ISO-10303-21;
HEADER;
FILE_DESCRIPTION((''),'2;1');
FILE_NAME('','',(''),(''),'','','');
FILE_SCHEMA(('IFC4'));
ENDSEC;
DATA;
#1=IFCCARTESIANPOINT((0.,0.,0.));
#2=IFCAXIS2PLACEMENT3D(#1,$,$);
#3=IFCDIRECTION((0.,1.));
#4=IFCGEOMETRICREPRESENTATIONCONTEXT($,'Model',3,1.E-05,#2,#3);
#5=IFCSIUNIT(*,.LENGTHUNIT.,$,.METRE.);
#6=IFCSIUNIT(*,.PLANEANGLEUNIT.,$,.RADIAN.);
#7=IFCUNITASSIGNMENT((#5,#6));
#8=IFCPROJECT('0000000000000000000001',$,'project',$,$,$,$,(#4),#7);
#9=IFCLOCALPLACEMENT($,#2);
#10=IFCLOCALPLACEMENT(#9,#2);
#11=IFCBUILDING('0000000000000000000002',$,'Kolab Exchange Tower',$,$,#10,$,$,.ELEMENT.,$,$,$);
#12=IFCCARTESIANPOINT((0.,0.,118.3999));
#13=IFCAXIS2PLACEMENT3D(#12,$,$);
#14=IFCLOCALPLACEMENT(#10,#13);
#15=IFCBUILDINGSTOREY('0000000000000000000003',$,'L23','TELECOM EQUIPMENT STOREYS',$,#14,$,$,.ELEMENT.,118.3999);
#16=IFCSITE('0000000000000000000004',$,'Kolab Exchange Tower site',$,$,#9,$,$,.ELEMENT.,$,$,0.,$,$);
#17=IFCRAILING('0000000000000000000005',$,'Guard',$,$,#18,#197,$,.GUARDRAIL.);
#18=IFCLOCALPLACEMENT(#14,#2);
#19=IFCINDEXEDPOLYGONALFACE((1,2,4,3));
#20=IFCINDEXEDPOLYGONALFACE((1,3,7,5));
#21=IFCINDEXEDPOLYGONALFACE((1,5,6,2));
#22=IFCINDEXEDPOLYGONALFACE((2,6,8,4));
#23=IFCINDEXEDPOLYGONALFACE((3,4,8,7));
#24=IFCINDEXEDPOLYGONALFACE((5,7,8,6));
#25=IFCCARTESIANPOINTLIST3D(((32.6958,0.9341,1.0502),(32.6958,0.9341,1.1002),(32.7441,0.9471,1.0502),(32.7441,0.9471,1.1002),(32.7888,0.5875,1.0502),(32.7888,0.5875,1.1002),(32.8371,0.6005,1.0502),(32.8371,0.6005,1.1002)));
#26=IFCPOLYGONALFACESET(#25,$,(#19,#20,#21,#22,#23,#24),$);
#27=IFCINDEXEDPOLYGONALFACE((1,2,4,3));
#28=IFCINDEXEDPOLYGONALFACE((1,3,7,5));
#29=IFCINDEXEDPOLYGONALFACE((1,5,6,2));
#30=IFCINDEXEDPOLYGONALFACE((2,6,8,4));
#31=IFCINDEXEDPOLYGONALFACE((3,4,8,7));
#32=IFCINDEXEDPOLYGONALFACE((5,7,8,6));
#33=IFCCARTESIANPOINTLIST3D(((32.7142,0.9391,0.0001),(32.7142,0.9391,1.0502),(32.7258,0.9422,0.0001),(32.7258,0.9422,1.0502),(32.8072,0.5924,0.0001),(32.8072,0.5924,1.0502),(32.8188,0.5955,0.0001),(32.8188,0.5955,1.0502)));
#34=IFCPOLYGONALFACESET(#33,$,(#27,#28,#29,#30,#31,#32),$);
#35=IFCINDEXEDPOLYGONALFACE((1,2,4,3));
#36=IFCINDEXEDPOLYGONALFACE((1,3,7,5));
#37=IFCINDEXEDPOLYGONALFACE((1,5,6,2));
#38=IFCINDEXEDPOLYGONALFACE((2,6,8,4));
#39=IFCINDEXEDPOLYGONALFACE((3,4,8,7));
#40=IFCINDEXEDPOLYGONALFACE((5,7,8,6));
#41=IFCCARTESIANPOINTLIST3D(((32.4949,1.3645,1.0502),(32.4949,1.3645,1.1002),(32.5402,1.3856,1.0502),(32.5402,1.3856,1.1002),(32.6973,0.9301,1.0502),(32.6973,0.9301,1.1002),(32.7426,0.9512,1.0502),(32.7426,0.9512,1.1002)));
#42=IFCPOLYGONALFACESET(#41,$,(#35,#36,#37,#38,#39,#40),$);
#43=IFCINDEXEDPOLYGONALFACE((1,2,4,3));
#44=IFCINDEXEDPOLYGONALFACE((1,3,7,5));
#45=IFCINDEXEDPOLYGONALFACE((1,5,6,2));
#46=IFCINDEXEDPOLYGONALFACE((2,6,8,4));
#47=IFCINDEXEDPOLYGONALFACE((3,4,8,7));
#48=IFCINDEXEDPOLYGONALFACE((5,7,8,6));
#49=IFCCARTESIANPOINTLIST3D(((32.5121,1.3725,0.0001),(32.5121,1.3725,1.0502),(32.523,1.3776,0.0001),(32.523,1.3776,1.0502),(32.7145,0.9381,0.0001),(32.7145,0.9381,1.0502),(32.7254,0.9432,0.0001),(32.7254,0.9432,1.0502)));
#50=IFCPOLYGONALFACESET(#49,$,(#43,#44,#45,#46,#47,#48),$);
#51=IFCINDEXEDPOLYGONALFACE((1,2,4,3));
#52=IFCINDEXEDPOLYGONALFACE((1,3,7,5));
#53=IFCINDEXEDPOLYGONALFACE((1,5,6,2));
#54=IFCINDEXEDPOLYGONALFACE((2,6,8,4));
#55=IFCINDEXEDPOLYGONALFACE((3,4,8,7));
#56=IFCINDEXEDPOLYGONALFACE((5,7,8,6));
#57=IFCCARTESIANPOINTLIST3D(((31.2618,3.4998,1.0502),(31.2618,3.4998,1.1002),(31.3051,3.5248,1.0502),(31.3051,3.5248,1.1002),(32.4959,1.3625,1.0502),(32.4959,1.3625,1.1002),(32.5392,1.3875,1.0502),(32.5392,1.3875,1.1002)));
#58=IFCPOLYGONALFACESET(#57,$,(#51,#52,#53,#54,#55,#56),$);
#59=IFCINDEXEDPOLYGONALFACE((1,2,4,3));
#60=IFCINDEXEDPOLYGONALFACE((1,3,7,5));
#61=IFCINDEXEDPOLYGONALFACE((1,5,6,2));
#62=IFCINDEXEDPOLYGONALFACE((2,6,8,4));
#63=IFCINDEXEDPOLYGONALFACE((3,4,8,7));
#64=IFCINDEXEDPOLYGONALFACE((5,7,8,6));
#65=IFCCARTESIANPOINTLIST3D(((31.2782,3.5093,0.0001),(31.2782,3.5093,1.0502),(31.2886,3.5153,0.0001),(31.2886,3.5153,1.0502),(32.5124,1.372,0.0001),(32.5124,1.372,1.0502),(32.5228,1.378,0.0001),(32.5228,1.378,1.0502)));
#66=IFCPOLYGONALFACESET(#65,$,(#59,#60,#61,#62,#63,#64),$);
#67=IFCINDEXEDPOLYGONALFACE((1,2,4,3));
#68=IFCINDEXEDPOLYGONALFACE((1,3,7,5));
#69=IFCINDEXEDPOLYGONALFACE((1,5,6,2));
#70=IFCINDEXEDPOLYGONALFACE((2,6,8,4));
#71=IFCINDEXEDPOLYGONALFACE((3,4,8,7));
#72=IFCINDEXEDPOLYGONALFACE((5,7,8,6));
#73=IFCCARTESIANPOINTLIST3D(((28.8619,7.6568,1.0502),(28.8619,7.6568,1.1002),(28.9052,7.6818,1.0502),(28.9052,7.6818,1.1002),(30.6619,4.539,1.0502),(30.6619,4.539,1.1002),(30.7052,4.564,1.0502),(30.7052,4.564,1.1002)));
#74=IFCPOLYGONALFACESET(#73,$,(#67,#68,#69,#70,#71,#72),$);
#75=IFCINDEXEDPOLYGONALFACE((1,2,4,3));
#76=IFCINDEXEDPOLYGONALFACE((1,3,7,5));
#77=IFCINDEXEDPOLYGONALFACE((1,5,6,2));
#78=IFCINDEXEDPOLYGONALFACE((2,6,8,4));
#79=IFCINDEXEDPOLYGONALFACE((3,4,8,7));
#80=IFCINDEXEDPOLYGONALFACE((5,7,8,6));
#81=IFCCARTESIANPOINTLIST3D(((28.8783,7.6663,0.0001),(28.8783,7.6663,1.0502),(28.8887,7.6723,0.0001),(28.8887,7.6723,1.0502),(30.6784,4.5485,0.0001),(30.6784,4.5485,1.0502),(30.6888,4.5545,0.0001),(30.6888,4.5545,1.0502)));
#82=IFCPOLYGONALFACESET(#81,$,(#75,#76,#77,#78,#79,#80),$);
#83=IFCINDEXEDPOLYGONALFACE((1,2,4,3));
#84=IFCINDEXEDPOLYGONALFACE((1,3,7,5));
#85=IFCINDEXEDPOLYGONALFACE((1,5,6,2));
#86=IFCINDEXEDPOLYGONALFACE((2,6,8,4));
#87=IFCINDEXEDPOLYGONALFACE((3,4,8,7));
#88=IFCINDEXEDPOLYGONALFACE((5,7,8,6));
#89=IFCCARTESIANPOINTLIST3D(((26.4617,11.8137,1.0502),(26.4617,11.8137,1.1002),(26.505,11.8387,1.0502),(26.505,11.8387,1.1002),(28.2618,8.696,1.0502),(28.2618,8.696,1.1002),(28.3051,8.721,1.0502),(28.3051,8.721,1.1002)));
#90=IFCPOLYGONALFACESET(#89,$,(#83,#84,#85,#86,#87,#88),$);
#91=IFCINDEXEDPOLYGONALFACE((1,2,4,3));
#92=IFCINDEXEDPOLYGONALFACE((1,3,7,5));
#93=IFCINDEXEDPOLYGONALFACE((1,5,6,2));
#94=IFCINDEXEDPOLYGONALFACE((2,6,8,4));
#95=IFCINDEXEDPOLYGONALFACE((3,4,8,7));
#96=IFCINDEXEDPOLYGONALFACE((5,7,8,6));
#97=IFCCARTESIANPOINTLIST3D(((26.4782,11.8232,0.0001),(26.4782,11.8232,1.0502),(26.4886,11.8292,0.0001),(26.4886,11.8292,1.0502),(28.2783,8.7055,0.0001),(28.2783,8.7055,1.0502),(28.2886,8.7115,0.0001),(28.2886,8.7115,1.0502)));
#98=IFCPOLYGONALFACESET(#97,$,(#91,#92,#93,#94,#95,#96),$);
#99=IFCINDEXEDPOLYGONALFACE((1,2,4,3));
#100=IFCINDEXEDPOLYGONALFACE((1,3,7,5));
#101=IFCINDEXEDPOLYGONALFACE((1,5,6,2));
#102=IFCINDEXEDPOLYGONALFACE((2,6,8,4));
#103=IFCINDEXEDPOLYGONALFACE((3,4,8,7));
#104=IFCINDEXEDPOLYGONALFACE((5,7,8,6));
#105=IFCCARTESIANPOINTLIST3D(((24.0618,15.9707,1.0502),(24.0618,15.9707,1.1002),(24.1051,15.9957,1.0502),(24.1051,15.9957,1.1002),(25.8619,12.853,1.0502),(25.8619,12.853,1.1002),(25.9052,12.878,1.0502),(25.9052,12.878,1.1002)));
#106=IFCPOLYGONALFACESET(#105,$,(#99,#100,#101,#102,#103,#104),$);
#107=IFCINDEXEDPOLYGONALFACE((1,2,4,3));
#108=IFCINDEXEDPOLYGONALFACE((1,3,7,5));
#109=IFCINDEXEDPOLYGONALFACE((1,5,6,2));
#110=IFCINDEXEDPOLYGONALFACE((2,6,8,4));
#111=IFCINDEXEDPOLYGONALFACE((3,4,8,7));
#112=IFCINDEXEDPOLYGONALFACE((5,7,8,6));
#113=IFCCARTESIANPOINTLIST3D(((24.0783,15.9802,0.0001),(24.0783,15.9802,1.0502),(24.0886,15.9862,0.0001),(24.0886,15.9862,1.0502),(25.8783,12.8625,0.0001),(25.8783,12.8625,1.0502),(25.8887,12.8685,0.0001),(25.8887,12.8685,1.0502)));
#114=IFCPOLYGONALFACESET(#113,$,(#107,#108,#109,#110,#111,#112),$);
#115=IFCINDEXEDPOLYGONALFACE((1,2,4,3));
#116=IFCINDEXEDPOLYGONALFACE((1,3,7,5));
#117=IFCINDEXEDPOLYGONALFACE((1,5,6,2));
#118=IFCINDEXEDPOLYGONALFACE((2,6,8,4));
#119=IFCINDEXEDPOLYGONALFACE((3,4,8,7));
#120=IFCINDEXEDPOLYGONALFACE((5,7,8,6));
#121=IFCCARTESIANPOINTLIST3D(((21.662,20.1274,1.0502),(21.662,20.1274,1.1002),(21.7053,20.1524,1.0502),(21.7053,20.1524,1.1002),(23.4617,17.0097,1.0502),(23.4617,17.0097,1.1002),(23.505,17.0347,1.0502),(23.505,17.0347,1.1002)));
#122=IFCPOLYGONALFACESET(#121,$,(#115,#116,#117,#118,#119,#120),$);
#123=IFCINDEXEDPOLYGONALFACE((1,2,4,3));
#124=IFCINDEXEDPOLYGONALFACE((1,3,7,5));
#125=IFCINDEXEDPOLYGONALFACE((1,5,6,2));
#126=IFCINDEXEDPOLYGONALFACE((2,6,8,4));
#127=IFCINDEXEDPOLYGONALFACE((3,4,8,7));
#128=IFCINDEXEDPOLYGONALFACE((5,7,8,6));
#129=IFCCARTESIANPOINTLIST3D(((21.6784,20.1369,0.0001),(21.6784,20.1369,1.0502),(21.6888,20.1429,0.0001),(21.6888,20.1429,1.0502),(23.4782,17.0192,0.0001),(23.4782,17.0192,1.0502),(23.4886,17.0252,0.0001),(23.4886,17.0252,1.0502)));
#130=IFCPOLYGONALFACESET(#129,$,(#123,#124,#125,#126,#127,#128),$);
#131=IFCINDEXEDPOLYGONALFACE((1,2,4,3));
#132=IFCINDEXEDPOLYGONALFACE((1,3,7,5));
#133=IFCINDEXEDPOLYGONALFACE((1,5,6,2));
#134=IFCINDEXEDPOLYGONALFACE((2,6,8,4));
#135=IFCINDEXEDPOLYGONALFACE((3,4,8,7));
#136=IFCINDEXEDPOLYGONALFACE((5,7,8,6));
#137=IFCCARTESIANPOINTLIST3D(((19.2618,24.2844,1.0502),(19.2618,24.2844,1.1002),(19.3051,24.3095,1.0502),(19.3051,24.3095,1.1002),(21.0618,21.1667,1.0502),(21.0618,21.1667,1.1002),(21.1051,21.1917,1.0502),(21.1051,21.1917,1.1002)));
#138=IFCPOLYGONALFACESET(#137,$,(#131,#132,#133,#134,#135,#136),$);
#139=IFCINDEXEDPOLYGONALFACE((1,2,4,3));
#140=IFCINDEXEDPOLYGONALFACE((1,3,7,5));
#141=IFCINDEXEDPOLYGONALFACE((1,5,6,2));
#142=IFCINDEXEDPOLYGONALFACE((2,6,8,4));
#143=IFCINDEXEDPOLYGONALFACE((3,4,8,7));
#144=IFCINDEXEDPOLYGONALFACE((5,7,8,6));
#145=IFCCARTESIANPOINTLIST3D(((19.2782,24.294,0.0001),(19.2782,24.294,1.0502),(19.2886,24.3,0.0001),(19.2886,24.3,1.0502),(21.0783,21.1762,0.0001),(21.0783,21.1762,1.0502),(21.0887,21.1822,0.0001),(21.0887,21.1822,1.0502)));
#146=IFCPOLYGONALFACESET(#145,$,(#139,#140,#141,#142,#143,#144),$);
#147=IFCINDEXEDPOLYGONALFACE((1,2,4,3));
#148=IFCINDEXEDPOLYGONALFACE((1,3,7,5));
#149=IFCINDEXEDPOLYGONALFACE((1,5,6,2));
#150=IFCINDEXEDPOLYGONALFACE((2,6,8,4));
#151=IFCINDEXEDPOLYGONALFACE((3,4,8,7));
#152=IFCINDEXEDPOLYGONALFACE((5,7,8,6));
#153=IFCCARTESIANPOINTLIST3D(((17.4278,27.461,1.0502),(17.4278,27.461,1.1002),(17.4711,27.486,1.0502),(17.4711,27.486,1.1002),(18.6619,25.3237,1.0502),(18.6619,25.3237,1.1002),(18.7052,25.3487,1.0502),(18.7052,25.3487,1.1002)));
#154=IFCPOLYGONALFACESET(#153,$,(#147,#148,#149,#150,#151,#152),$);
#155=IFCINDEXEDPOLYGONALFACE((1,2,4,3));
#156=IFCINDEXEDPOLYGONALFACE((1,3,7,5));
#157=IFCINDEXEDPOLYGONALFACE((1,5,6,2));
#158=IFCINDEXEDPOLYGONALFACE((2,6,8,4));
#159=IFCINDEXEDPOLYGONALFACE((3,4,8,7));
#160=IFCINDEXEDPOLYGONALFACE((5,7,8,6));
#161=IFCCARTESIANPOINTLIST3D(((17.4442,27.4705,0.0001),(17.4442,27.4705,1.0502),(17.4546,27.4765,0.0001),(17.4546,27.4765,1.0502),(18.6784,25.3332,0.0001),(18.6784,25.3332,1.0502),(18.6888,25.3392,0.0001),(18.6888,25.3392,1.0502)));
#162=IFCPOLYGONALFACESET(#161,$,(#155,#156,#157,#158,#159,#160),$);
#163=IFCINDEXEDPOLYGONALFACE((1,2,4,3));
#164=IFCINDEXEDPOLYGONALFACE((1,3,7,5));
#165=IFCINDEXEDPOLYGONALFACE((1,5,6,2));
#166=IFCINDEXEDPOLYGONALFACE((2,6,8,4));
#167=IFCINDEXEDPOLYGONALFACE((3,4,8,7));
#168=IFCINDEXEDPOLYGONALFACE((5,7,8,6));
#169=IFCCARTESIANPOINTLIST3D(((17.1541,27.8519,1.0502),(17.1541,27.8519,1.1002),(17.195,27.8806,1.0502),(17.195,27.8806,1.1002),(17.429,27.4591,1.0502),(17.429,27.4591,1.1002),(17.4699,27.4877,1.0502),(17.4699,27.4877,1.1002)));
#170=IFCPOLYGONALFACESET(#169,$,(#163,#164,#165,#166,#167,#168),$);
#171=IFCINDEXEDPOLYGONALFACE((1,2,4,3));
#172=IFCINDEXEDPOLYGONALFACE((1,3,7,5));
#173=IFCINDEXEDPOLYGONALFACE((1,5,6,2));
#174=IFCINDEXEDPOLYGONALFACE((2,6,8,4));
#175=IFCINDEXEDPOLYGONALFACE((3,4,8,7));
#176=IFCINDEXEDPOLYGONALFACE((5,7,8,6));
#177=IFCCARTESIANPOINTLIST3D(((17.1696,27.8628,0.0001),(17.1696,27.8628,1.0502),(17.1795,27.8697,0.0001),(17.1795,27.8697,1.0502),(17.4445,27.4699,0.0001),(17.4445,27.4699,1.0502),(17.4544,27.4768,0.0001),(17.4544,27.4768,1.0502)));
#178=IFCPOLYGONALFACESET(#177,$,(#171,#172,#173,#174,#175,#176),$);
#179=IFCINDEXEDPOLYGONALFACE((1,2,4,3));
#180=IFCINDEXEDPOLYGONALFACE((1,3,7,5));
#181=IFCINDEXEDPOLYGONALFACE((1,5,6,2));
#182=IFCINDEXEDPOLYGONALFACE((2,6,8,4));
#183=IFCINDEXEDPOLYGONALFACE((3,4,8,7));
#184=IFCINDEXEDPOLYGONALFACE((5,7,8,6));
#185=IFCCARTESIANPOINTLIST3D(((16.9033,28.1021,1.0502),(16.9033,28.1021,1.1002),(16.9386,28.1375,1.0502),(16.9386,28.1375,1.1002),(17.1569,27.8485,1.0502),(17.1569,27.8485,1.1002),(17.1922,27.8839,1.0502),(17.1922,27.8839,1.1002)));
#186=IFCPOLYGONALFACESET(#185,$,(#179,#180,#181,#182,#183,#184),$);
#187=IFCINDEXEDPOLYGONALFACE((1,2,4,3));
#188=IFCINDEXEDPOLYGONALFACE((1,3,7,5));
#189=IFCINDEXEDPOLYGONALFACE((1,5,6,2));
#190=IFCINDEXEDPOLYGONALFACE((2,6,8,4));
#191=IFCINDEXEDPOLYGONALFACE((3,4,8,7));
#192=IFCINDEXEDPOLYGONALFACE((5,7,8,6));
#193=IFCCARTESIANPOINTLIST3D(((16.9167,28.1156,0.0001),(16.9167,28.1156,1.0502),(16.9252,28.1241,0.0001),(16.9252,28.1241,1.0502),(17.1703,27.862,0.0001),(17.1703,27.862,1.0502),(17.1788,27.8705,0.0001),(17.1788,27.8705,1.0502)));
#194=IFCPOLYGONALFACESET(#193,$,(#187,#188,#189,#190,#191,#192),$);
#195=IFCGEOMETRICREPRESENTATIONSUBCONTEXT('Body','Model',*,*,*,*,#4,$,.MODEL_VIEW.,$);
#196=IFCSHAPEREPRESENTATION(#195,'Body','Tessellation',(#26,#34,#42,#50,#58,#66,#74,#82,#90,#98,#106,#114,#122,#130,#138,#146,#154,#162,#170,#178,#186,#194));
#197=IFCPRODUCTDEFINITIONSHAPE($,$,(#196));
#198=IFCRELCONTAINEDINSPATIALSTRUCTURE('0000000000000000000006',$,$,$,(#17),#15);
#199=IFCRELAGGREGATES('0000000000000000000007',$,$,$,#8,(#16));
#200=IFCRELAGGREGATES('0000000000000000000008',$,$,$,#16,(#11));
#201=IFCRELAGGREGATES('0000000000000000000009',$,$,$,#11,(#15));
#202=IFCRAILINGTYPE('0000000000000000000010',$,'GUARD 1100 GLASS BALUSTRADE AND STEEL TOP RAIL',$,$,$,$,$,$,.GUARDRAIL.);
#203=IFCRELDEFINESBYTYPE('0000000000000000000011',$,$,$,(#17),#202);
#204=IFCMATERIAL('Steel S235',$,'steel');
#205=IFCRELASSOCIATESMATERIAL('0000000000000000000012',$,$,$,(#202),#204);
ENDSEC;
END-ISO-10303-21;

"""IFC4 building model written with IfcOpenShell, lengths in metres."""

from ifc_helpers import new_model, si_unit, direction, frame, frame_2d, origin, origin_2d, place, context, subcontext, project, spatial, rectangle, extrude, material, type_object, element, save


model = new_model("IFC4")

# Units and contexts
model_context = context("Model", 3, precision=1e-05, world=origin(), true_north=direction((0.0, 1.0)))
body_context = subcontext(model_context, "Body", "Model", "MODEL_VIEW")
ifc_project = project(units=[si_unit("LENGTHUNIT", "METRE"), si_unit("PLANEANGLEUNIT", "RADIAN")], contexts=[model_context])

# Site, building, storey
site_placement = place(None, origin())
site = spatial("IfcSite", under=ifc_project, at=site_placement, Name="Kolab Exchange Tower site", CompositionType="ELEMENT", RefElevation=0.0)
building_placement = place(site_placement, origin())
building = spatial("IfcBuilding", under=site, at=building_placement, Name="Kolab Exchange Tower", CompositionType="ELEMENT")
storey_placement = place(building_placement, frame((0.0, 0.0, 118.3999)))
storey = spatial("IfcBuildingStorey", under=building, at=storey_placement, Name="L23", Description="TELECOM EQUIPMENT STOREYS", CompositionType="ELEMENT", Elevation=118.3999)

# Railing
ifc_material_1 = material(Name="Steel S235", Category="steel")
railing_type = type_object("IfcRailingType", Name="GUARD 1100 GLASS BALUSTRADE AND STEEL TOP RAIL", PredefinedType="GUARDRAIL", material=ifc_material_1)
railing_placement = place(storey_placement, frame((32.813, 0.594, 0.0)))
element("IfcRailing", 1, at=railing_placement, inside=storey, type_object=railing_type, Name="Guard", PredefinedType="GUARDRAIL", context=body_context, shape_type="SweptSolid", body=[
    extrude(rectangle(XDim=0.05, YDim=0.05, at=origin_2d()), frame((0.0, 0.0, 1.0752), z_axis=(-0.259144, 0.965839, 0.0), x_axis=(-0.965839, -0.259144, 0.0)), (0.0, 0.0, 1.0), 0.3589),
    extrude(rectangle(XDim=0.012, YDim=1.0501, at=frame_2d((0.0, 0.5251))), frame((0.0, 0.0, 0.0), z_axis=(-0.259144, 0.965839, 0.0), x_axis=(-0.965839, -0.259144, 0.0)), (0.0, 0.0, 1.0), 0.3589),
    extrude(rectangle(XDim=0.05, YDim=0.05, at=origin_2d()), frame((-0.093, 0.3467, 1.0752), z_axis=(-0.422383, 0.906417, 0.0), x_axis=(-0.906417, -0.422383, 0.0)), (0.0, 0.0, 1.0), 0.4792),
    extrude(rectangle(XDim=0.012, YDim=1.0501, at=frame_2d((0.0, 0.5251))), frame((-0.093, 0.3467, 0.0), z_axis=(-0.422383, 0.906417, 0.0), x_axis=(-0.906417, -0.422383, 0.0)), (0.0, 0.0, 1.0), 0.4792),
    extrude(rectangle(XDim=0.05, YDim=0.05, at=origin_2d()), frame((-0.2954, 0.781, 1.0752), z_axis=(-0.500065, 0.865988, 0.0), x_axis=(-0.865988, -0.500065, 0.0)), (0.0, 0.0, 1.0), 2.468),
    extrude(rectangle(XDim=0.012, YDim=1.0501, at=frame_2d((0.0, 0.5251))), frame((-0.2954, 0.781, 0.0), z_axis=(-0.500065, 0.865988, 0.0), x_axis=(-0.865988, -0.500065, 0.0)), (0.0, 0.0, 1.0), 2.468),
    extrude(rectangle(XDim=0.05, YDim=0.05, at=origin_2d()), frame((-2.1294, 3.9575, 1.0752), z_axis=(-0.500012, 0.866018, 0.0), x_axis=(-0.866018, -0.500012, 0.0)), (0.0, 0.0, 1.0), 3.6001),
    extrude(rectangle(XDim=0.012, YDim=1.0501, at=frame_2d((0.0, 0.5251))), frame((-2.1294, 3.9575, 0.0), z_axis=(-0.500012, 0.866018, 0.0), x_axis=(-0.866018, -0.500012, 0.0)), (0.0, 0.0, 1.0), 3.6001),
    extrude(rectangle(XDim=0.05, YDim=0.05, at=origin_2d()), frame((-4.5295, 8.1145, 1.0752), z_axis=(-0.500012, 0.866018, 0.0), x_axis=(-0.866018, -0.500012, 0.0)), (0.0, 0.0, 1.0), 3.6001),
    extrude(rectangle(XDim=0.012, YDim=1.0501, at=frame_2d((0.0, 0.5251))), frame((-4.5295, 8.1145, 0.0), z_axis=(-0.500012, 0.866018, 0.0), x_axis=(-0.866018, -0.500012, 0.0)), (0.0, 0.0, 1.0), 3.6001),
    extrude(rectangle(XDim=0.05, YDim=0.05, at=origin_2d()), frame((-6.9294, 12.2715, 1.0752), z_axis=(-0.500012, 0.866018, 0.0), x_axis=(-0.866018, -0.500012, 0.0)), (0.0, 0.0, 1.0), 3.6001),
    extrude(rectangle(XDim=0.012, YDim=1.0501, at=frame_2d((0.0, 0.5251))), frame((-6.9294, 12.2715, 0.0), z_axis=(-0.500012, 0.866018, 0.0), x_axis=(-0.866018, -0.500012, 0.0)), (0.0, 0.0, 1.0), 3.6001),
    extrude(rectangle(XDim=0.05, YDim=0.05, at=origin_2d()), frame((-9.3296, 16.4282, 1.0752), z_axis=(-0.499961, 0.866048, 0.0), x_axis=(-0.866048, -0.499961, 0.0)), (0.0, 0.0, 1.0), 3.5999),
    extrude(rectangle(XDim=0.012, YDim=1.0501, at=frame_2d((0.0, 0.5251))), frame((-9.3296, 16.4282, 0.0), z_axis=(-0.499961, 0.866048, 0.0), x_axis=(-0.866048, -0.499961, 0.0)), (0.0, 0.0, 1.0), 3.5999),
    extrude(rectangle(XDim=0.05, YDim=0.05, at=origin_2d()), frame((-11.7295, 20.5852, 1.0752), z_axis=(-0.500012, 0.866018, 0.0), x_axis=(-0.866018, -0.500012, 0.0)), (0.0, 0.0, 1.0), 3.6001),
    extrude(rectangle(XDim=0.012, YDim=1.0501, at=frame_2d((0.0, 0.5251))), frame((-11.7295, 20.5852, 0.0), z_axis=(-0.500012, 0.866018, 0.0), x_axis=(-0.866018, -0.500012, 0.0)), (0.0, 0.0, 1.0), 3.6001),
    extrude(rectangle(XDim=0.05, YDim=0.05, at=origin_2d()), frame((-14.1294, 24.7422, 1.0752), z_axis=(-0.500065, 0.865988, 0.0), x_axis=(-0.865988, -0.500065, 0.0)), (0.0, 0.0, 1.0), 2.468),
    extrude(rectangle(XDim=0.012, YDim=1.0501, at=frame_2d((0.0, 0.5251))), frame((-14.1294, 24.7422, 0.0), z_axis=(-0.500065, 0.865988, 0.0), x_axis=(-0.865988, -0.500065, 0.0)), (0.0, 0.0, 1.0), 2.468),
    extrude(rectangle(XDim=0.05, YDim=0.05, at=origin_2d()), frame((-15.3635, 26.8794, 1.0752), z_axis=(-0.57336, 0.819304, 0.0), x_axis=(-0.819304, -0.57336, 0.0)), (0.0, 0.0, 1.0), 0.4795),
    extrude(rectangle(XDim=0.012, YDim=1.0501, at=frame_2d((0.0, 0.5251))), frame((-15.3635, 26.8794, 0.0), z_axis=(-0.57336, 0.819304, 0.0), x_axis=(-0.819304, -0.57336, 0.0)), (0.0, 0.0, 1.0), 0.4795),
    extrude(rectangle(XDim=0.05, YDim=0.05, at=origin_2d()), frame((-15.6384, 27.2722, 1.0752), z_axis=(-0.707107, 0.707107, 0.0), x_axis=(-0.707107, -0.707107, 0.0)), (0.0, 0.0, 1.0), 0.3586),
    extrude(rectangle(XDim=0.012, YDim=1.0501, at=frame_2d((0.0, 0.5251))), frame((-15.6384, 27.2722, 0.0), z_axis=(-0.707107, 0.707107, 0.0), x_axis=(-0.707107, -0.707107, 0.0)), (0.0, 0.0, 1.0), 0.3586),
])

save(model, "model.ifc")
